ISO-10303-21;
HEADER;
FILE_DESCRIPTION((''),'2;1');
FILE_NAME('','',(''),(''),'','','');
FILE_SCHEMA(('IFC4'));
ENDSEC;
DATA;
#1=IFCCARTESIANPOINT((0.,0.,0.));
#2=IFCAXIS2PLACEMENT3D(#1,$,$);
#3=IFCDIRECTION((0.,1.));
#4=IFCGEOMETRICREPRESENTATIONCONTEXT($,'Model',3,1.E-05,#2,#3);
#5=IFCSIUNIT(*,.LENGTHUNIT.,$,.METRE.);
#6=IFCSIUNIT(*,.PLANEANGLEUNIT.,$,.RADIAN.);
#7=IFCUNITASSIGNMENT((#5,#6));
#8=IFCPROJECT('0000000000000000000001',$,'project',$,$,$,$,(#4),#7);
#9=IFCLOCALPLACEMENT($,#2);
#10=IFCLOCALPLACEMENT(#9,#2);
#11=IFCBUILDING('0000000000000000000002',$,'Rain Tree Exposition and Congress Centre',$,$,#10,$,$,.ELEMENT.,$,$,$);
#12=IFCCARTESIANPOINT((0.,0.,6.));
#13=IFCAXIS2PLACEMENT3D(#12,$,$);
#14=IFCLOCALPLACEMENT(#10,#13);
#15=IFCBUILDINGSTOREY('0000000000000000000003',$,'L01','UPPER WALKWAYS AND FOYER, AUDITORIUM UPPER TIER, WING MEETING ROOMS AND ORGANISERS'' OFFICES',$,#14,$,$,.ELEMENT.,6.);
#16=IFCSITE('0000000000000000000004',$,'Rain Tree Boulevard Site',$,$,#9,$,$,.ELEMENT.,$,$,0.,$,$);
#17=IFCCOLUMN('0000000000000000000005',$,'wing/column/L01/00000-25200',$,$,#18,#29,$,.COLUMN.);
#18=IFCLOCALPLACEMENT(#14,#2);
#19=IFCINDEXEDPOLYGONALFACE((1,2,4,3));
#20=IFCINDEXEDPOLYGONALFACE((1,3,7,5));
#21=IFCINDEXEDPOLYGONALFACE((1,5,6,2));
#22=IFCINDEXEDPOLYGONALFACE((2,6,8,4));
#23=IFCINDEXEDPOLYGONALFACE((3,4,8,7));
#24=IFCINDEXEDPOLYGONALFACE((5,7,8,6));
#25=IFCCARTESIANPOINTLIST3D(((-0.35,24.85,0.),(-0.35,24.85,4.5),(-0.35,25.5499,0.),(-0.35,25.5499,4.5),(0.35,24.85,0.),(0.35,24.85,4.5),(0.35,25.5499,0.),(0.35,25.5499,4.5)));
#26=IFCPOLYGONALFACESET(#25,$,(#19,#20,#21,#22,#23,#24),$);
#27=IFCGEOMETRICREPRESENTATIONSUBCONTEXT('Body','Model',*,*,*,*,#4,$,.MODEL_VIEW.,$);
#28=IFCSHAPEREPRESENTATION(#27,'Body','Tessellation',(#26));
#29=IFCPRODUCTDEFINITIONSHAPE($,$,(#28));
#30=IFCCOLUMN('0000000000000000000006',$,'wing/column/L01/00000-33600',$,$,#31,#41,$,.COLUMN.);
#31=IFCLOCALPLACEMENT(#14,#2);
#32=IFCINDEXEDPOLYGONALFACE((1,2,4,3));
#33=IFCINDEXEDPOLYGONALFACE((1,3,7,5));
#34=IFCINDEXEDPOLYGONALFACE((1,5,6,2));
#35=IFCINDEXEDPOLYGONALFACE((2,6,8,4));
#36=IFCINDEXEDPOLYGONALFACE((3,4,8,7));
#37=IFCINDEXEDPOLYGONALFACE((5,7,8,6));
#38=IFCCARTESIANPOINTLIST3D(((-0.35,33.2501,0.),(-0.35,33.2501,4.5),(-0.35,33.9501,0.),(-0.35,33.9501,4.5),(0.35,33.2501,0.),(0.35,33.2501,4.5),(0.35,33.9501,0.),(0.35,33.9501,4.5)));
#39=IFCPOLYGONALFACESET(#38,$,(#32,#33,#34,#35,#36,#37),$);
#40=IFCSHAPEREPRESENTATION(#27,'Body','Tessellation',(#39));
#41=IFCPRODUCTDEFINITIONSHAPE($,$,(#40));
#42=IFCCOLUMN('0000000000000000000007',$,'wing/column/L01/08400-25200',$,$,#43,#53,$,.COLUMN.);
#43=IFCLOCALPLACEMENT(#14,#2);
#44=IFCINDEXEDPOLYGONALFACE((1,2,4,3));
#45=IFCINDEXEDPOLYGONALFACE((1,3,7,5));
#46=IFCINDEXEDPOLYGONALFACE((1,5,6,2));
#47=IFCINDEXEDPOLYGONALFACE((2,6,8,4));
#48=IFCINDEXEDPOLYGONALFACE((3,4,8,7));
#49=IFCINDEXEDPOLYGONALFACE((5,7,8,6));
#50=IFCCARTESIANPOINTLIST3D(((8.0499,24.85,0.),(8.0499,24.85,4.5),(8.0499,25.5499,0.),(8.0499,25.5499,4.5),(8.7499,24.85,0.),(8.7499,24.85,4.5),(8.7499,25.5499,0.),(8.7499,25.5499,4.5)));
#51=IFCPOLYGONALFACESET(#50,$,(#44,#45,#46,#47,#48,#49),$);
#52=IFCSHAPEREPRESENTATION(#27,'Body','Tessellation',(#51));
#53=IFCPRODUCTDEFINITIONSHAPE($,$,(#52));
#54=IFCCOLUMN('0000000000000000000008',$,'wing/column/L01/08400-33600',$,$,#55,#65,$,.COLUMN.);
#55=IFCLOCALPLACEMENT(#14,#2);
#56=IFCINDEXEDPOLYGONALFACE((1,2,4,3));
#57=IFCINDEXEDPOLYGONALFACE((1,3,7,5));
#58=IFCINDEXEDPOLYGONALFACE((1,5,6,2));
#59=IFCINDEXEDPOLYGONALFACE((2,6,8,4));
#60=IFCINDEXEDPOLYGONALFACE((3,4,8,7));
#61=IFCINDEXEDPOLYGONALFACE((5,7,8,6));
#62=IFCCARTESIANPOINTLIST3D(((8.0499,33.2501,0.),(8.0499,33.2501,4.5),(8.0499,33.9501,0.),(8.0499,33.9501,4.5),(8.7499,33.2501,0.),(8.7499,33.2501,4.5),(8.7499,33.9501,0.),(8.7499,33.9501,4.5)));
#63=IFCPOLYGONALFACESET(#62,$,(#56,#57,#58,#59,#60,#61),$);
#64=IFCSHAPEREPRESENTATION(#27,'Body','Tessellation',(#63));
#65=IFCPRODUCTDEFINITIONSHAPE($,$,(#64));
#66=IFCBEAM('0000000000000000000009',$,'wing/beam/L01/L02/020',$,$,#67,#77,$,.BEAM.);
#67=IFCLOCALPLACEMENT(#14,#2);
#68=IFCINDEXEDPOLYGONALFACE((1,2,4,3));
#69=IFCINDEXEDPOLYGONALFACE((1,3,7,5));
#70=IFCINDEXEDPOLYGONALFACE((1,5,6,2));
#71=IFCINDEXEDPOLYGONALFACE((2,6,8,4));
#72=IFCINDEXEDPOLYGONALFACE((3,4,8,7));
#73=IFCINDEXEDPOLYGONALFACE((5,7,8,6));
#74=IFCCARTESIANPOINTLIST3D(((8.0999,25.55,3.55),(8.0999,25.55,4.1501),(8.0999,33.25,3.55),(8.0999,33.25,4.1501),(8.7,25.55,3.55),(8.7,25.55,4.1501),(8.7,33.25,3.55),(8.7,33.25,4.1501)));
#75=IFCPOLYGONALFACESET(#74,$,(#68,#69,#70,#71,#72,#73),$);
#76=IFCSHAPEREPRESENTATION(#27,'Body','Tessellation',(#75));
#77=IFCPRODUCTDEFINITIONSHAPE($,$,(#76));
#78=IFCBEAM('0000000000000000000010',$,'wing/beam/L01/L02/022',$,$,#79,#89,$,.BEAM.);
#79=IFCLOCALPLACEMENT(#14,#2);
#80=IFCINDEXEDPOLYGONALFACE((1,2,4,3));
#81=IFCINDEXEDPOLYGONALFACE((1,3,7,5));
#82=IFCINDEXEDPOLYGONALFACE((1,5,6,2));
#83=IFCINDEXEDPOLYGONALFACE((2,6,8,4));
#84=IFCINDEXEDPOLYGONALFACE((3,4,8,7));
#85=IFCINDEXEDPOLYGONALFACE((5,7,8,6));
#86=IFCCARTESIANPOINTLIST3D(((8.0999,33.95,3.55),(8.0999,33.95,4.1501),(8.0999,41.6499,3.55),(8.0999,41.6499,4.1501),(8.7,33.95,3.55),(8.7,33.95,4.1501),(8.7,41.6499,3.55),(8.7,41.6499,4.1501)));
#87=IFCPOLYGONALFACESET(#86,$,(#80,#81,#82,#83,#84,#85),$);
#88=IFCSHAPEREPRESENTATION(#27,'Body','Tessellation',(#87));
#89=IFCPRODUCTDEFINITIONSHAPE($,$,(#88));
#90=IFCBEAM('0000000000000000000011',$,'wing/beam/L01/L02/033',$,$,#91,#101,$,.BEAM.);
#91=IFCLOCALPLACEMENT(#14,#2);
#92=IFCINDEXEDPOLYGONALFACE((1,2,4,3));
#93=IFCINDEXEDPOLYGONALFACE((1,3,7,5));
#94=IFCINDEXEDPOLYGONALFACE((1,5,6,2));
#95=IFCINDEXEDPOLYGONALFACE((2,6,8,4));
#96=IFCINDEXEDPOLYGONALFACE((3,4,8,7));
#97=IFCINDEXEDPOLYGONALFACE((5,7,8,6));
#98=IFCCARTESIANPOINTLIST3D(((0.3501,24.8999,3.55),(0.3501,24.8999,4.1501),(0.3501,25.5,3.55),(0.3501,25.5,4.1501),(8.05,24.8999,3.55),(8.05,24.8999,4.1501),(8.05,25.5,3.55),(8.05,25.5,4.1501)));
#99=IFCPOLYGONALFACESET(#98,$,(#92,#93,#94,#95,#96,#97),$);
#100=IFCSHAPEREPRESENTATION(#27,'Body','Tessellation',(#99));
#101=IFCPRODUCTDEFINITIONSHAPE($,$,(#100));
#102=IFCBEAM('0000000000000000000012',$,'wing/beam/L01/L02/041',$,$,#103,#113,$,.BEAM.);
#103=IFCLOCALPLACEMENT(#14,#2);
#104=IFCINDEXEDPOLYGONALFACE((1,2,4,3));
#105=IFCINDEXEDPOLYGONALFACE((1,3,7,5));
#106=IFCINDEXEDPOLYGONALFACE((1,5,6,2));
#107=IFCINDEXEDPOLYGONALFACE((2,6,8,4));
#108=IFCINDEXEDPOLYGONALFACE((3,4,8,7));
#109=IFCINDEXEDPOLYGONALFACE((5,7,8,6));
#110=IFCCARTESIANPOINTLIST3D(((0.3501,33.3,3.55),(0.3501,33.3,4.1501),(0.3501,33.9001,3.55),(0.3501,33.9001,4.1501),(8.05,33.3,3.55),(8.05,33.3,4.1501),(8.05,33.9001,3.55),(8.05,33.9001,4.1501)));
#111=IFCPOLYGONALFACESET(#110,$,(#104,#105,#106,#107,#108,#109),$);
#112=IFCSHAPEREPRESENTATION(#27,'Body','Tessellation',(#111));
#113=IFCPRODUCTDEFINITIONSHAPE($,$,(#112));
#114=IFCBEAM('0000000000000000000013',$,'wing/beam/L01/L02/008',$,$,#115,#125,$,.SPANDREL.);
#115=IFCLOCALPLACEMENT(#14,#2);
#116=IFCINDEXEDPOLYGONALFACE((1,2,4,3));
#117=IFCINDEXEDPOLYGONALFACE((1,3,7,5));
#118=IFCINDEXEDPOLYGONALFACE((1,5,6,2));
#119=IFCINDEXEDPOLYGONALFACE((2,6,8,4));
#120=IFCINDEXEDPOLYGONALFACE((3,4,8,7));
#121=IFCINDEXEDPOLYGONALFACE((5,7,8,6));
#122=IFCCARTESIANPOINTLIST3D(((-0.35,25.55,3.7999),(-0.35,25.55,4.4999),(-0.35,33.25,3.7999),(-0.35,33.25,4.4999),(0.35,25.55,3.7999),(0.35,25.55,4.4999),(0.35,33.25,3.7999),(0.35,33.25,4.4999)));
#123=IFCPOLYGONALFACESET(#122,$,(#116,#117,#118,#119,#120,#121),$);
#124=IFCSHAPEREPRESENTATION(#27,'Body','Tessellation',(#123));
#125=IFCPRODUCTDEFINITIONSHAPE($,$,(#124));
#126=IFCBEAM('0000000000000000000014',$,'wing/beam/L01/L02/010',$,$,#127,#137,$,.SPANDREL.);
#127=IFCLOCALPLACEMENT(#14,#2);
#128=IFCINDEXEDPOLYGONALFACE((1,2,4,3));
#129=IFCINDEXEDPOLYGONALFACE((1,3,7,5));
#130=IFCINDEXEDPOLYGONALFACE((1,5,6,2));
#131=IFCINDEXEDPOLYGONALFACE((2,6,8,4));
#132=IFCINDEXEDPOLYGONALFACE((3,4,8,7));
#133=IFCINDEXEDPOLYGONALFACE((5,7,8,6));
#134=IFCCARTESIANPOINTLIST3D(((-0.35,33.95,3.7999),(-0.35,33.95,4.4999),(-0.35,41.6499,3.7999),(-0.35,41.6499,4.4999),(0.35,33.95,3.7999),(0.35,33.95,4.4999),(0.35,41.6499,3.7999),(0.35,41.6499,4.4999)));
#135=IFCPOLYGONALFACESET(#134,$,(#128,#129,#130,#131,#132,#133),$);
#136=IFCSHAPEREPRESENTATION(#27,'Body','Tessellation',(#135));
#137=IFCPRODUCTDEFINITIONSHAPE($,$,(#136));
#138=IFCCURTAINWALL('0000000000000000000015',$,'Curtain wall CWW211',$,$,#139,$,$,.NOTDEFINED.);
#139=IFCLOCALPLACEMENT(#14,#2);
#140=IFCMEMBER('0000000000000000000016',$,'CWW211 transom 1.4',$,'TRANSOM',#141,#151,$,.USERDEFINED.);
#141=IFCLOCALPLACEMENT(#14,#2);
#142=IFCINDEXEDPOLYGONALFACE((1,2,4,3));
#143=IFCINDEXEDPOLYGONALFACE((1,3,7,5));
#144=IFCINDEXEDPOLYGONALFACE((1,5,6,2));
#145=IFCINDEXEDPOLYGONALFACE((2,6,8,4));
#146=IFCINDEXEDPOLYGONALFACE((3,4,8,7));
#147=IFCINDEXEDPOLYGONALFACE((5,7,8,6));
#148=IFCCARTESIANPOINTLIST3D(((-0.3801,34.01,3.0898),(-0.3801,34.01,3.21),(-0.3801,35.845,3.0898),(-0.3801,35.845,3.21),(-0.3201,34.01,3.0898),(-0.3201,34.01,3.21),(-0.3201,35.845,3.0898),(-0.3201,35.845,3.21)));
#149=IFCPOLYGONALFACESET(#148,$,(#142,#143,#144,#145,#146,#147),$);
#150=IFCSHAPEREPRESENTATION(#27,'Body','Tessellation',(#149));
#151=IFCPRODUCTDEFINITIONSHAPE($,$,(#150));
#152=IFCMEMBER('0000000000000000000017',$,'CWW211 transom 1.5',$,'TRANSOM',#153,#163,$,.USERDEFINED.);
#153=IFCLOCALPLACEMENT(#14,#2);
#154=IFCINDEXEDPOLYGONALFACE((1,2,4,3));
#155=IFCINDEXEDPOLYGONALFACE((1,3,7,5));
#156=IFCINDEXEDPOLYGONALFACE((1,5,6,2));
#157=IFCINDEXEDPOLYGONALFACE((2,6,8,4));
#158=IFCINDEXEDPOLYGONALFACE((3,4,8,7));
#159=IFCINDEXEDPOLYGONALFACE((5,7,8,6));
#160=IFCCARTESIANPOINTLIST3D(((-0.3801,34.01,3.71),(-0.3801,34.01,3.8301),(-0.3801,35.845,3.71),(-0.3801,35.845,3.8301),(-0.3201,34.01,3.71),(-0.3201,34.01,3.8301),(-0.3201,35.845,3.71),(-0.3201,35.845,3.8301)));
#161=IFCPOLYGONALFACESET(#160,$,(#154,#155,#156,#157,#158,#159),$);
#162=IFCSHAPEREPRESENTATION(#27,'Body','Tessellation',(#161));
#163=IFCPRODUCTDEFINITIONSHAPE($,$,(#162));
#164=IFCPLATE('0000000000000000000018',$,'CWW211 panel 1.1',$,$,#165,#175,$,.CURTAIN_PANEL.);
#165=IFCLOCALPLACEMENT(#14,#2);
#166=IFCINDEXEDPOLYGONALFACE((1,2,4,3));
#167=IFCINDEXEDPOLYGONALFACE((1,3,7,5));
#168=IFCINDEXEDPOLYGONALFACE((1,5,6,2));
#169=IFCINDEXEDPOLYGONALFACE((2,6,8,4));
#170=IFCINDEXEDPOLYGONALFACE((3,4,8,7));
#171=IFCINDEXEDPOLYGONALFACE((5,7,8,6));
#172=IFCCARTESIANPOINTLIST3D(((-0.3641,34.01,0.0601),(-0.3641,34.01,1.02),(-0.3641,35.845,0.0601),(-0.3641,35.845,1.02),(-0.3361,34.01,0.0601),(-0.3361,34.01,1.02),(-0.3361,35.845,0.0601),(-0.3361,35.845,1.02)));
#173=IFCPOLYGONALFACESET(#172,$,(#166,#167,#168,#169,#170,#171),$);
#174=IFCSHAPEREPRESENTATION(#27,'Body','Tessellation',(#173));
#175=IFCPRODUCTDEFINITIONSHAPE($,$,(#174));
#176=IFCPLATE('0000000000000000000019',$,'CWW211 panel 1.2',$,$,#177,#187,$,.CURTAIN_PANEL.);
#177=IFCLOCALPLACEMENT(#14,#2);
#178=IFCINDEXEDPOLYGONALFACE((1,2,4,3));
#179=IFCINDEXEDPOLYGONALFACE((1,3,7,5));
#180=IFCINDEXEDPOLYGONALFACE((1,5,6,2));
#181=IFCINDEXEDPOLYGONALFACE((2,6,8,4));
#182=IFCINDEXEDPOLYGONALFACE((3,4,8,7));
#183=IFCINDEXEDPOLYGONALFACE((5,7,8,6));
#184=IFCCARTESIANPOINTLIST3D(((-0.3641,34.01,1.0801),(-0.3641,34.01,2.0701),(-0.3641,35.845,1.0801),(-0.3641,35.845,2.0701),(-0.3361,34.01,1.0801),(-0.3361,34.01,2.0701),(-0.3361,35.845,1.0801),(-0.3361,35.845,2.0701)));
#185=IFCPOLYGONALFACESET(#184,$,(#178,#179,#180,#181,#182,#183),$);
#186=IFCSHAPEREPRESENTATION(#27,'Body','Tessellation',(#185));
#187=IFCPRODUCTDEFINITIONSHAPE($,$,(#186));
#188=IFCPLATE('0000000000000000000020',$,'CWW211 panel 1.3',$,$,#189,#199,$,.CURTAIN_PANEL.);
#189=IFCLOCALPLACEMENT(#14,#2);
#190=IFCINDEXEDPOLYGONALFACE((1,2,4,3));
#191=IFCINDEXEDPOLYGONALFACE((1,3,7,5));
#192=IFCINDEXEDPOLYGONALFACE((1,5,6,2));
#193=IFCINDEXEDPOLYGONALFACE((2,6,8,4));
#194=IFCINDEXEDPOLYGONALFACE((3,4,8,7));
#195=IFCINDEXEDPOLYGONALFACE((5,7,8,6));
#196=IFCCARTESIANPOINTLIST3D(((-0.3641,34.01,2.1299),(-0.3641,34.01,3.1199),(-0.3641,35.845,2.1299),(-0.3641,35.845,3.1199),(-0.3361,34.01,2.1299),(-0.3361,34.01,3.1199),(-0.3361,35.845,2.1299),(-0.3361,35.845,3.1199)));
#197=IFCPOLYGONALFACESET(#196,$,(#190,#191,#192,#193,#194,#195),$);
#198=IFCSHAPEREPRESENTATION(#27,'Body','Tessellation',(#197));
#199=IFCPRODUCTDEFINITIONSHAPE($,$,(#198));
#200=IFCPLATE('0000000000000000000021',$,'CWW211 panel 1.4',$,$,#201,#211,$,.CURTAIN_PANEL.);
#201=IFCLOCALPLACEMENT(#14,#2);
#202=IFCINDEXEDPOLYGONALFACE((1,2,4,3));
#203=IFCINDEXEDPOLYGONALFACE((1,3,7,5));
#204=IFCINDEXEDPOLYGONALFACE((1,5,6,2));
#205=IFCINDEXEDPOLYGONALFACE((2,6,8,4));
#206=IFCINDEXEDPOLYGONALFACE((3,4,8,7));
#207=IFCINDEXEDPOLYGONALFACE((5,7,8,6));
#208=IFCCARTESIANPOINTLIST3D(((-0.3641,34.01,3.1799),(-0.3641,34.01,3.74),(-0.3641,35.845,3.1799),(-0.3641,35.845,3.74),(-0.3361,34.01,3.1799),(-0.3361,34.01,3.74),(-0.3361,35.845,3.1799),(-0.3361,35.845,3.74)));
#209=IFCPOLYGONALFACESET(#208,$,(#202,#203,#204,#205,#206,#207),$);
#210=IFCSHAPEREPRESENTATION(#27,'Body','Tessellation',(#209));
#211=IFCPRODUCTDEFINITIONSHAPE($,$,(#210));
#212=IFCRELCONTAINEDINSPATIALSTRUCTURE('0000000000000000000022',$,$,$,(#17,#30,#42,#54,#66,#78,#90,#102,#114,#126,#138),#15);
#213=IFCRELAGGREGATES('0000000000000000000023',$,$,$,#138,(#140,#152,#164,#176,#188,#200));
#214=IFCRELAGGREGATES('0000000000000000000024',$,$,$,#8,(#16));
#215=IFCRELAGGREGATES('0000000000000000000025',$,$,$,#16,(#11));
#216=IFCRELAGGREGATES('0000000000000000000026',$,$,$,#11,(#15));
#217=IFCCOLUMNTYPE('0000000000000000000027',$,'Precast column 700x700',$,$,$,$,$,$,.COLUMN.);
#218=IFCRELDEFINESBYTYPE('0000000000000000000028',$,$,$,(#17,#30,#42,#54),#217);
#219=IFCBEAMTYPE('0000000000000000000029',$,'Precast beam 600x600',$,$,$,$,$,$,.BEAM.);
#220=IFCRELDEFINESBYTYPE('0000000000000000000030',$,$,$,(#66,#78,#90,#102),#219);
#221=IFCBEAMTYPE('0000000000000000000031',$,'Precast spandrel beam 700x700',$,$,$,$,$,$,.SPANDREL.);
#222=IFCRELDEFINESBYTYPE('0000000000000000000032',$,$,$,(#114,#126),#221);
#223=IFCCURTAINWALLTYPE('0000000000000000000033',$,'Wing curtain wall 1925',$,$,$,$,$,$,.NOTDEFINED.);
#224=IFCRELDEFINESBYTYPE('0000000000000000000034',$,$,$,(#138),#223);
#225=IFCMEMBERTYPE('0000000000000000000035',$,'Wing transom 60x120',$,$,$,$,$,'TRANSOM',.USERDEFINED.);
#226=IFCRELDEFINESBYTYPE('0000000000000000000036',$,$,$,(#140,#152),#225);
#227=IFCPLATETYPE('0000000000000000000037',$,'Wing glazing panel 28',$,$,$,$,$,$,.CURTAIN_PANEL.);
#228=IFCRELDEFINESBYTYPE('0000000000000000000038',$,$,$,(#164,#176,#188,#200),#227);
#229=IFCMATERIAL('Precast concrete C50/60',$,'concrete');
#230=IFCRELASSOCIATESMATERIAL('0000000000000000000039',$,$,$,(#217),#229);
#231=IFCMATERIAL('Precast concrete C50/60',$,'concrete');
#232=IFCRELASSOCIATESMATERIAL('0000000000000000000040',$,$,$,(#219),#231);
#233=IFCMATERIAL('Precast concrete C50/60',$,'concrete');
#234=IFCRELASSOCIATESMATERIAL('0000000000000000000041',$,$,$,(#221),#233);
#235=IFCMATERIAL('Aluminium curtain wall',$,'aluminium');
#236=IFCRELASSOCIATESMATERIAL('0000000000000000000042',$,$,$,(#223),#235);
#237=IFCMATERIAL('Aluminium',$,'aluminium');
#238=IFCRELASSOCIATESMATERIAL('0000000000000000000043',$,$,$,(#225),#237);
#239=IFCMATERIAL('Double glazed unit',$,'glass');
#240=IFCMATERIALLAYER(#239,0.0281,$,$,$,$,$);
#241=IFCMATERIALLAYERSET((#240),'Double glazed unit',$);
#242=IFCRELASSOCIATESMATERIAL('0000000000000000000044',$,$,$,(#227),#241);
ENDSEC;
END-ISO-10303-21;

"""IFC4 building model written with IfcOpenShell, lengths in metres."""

from ifc_helpers import new_model, si_unit, direction, frame, origin, origin_2d, place, context, subcontext, project, spatial, rectangle, extrude, material, layer, layer_set, material_profile, profile_set, type_object, element, aggregate, save


model = new_model("IFC4")

# Units and contexts
model_context = context("Model", 3, precision=1e-05, world=origin(), true_north=direction((0.0, 1.0)))
body_context = subcontext(model_context, "Body", "Model", "MODEL_VIEW")
ifc_project = project(units=[si_unit("LENGTHUNIT", "METRE"), si_unit("PLANEANGLEUNIT", "RADIAN")], contexts=[model_context])

# Site, building, storey
site_placement = place(None, origin())
site = spatial("IfcSite", under=ifc_project, at=site_placement, Name="Rain Tree Boulevard Site", CompositionType="ELEMENT", RefElevation=0.0)
building_placement = place(site_placement, origin())
building = spatial("IfcBuilding", under=site, at=building_placement, Name="Rain Tree Exposition and Congress Centre", CompositionType="ELEMENT")
storey_placement = place(building_placement, frame((0.0, 0.0, 6.0)))
storey = spatial("IfcBuildingStorey", under=building, at=storey_placement, Name="L01", Description="UPPER WALKWAYS AND FOYER, AUDITORIUM UPPER TIER, WING MEETING ROOMS AND ORGANISERS' OFFICES", CompositionType="ELEMENT", Elevation=6.0)

# Columns
ifc_material_1 = material(Name="Precast concrete C50/60", Category="concrete")
ifc_material_profile_1 = material_profile(ifc_material_1, rectangle(XDim=0.7, YDim=0.7, at=origin_2d()), Name="RC 700x700")
ifc_profile_set_1 = profile_set([ifc_material_profile_1], Name="Precast concrete C50/60")
column_type = type_object("IfcColumnType", Name="Precast column 700x700", PredefinedType="COLUMN", material=ifc_profile_set_1)
for number, where, z_axis, x_axis, name in (
    (1, (0.0, 25.2, 0.0), (0.0, 0.0, 1.0), (1.0, 0.0, 0.0), "wing/column/L01/00000-25200"),
    (2, (0.0, 33.6001, 0.0), (0.0, 0.0, 1.0), (1.0, 0.0, 0.0), "wing/column/L01/00000-33600"),
    (3, (8.3999, 25.2, 0.0), (0.0, 0.0, 1.0), (1.0, 0.0, 0.0), "wing/column/L01/08400-25200"),
    (4, (8.3999, 33.6001, 0.0), (0.0, 0.0, 1.0), (1.0, 0.0, 0.0), "wing/column/L01/08400-33600"),
):
    element("IfcColumn", number, at=place(storey_placement, frame(where, z_axis=z_axis, x_axis=x_axis)), inside=storey, type_object=column_type, Name=name, PredefinedType="COLUMN", context=body_context, shape_type="SweptSolid", body=[
        extrude(rectangle(XDim=0.7, YDim=0.7, at=origin_2d()), origin(), (0.0, 0.0, 1.0), 4.5),
    ])

# Beams
ifc_material_2 = material(Name="Precast concrete C50/60", Category="concrete")
ifc_material_profile_2 = material_profile(ifc_material_2, rectangle(XDim=0.6001, YDim=0.6001, at=origin_2d()), Name="RC 600x600")
ifc_profile_set_2 = profile_set([ifc_material_profile_2], Name="Precast concrete C50/60")
beam_type_1 = type_object("IfcBeamType", Name="Precast beam 600x600", PredefinedType="BEAM", material=ifc_profile_set_2)
for number, where, z_axis, x_axis, name in (
    (5, (8.3999, 25.55, 3.8501), (0.0, 1.0, 0.0), (-1.0, 0.0, 0.0), "wing/beam/L01/L02/020"),
    (6, (8.3999, 33.95, 3.8501), (0.0, 1.0, 0.0), (-1.0, 0.0, 0.0), "wing/beam/L01/L02/022"),
    (7, (0.3501, 25.2, 3.8501), (1.0, 0.0, 0.0), (0.0, 1.0, 0.0), "wing/beam/L01/L02/033"),
    (8, (0.3501, 33.6001, 3.8501), (1.0, 0.0, 0.0), (0.0, 1.0, 0.0), "wing/beam/L01/L02/041"),
):
    element("IfcBeam", number, at=place(storey_placement, frame(where, z_axis=z_axis, x_axis=x_axis)), inside=storey, type_object=beam_type_1, Name=name, PredefinedType="BEAM", context=body_context, shape_type="SweptSolid", body=[
        extrude(rectangle(XDim=0.6001, YDim=0.6001, at=origin_2d()), origin(), (0.0, 0.0, 1.0), 7.7),
    ])
ifc_material_3 = material(Name="Precast concrete C50/60", Category="concrete")
ifc_material_profile_3 = material_profile(ifc_material_3, rectangle(XDim=0.7, YDim=0.7, at=origin_2d()), Name="RC 700x700")
ifc_profile_set_3 = profile_set([ifc_material_profile_3], Name="Precast concrete C50/60")
beam_type_2 = type_object("IfcBeamType", Name="Precast spandrel beam 700x700", PredefinedType="SPANDREL", material=ifc_profile_set_3)
for number, where, z_axis, x_axis, name in (
    (9, (0.0, 25.55, 4.1499), (0.0, 1.0, 0.0), (-1.0, 0.0, 0.0), "wing/beam/L01/L02/008"),
    (10, (0.0, 33.95, 4.1499), (0.0, 1.0, 0.0), (-1.0, 0.0, 0.0), "wing/beam/L01/L02/010"),
):
    element("IfcBeam", number, at=place(storey_placement, frame(where, z_axis=z_axis, x_axis=x_axis)), inside=storey, type_object=beam_type_2, Name=name, PredefinedType="SPANDREL", context=body_context, shape_type="SweptSolid", body=[
        extrude(rectangle(XDim=0.7, YDim=0.7, at=origin_2d()), origin(), (0.0, 0.0, 1.0), 7.7),
    ])

# Curtain wall, members, plates
ifc_material_4 = material(Name="Aluminium curtain wall", Category="aluminium")
curtain_wall_type = type_object("IfcCurtainWallType", Name="Wing curtain wall 1925", PredefinedType="NOTDEFINED", material=ifc_material_4)
curtain_wall_placement = place(storey_placement, origin())
curtain_wall = element("IfcCurtainWall", 11, at=curtain_wall_placement, inside=storey, type_object=curtain_wall_type, Name="Curtain wall CWW211", PredefinedType="NOTDEFINED")
ifc_material_5 = material(Name="Aluminium", Category="aluminium")
ifc_material_profile_4 = material_profile(ifc_material_5, rectangle(XDim=0.0601, YDim=0.1201, at=origin_2d()), Name="Aluminium 60x120")
ifc_profile_set_4 = profile_set([ifc_material_profile_4], Name="Aluminium")
member_type = type_object("IfcMemberType", Name="Wing transom 60x120", ElementType="TRANSOM", PredefinedType="USERDEFINED", material=ifc_profile_set_4)
member_1_placement = place(storey_placement, frame((-0.3501, 34.01, 3.1499), z_axis=(0.0, 1.0, 0.0), x_axis=(-1.0, 0.0, 0.0)))
member_1 = element("IfcMember", 12, at=member_1_placement, type_object=member_type, Name="CWW211 transom 1.4", ObjectType="TRANSOM", PredefinedType="USERDEFINED", context=body_context, shape_type="SweptSolid", body=[
    extrude(rectangle(XDim=0.0601, YDim=0.1201, at=origin_2d()), origin(), (0.0, 0.0, 1.0), 1.835),
])
member_2_placement = place(storey_placement, frame((-0.3501, 34.01, 3.77), z_axis=(0.0, 1.0, 0.0), x_axis=(-1.0, 0.0, 0.0)))
member_2 = element("IfcMember", 13, at=member_2_placement, type_object=member_type, Name="CWW211 transom 1.5", ObjectType="TRANSOM", PredefinedType="USERDEFINED", context=body_context, shape_type="SweptSolid", body=[
    extrude(rectangle(XDim=0.0601, YDim=0.1201, at=origin_2d()), origin(), (0.0, 0.0, 1.0), 1.835),
])
ifc_material_6 = material(Name="Double glazed unit", Category="glass")
ifc_layer_1 = layer(ifc_material_6, 0.0281)
ifc_layer_set_1 = layer_set([ifc_layer_1], Name="Double glazed unit")
plate_type = type_object("IfcPlateType", Name="Wing glazing panel 28", PredefinedType="CURTAIN_PANEL", material=ifc_layer_set_1)
plate_1_placement = place(storey_placement, frame((-0.3501, 34.9275, 0.0601), z_axis=(0.0, 0.0, 1.0), x_axis=(0.0, 1.0, 0.0)))
plate_1 = element("IfcPlate", 14, at=plate_1_placement, type_object=plate_type, Name="CWW211 panel 1.1", PredefinedType="CURTAIN_PANEL", context=body_context, shape_type="SweptSolid", body=[
    extrude(rectangle(XDim=1.835, YDim=0.0281, at=origin_2d()), origin(), (0.0, 0.0, 1.0), 0.96),
])
plate_2_placement = place(storey_placement, frame((-0.3501, 34.9275, 1.0801), z_axis=(0.0, 0.0, 1.0), x_axis=(0.0, 1.0, 0.0)))
plate_2 = element("IfcPlate", 15, at=plate_2_placement, type_object=plate_type, Name="CWW211 panel 1.2", PredefinedType="CURTAIN_PANEL", context=body_context, shape_type="SweptSolid", body=[
    extrude(rectangle(XDim=1.835, YDim=0.0281, at=origin_2d()), origin(), (0.0, 0.0, 1.0), 0.99),
])
plate_3_placement = place(storey_placement, frame((-0.3501, 34.9275, 2.1299), z_axis=(0.0, 0.0, 1.0), x_axis=(0.0, 1.0, 0.0)))
plate_3 = element("IfcPlate", 16, at=plate_3_placement, type_object=plate_type, Name="CWW211 panel 1.3", PredefinedType="CURTAIN_PANEL", context=body_context, shape_type="SweptSolid", body=[
    extrude(rectangle(XDim=1.835, YDim=0.0281, at=origin_2d()), origin(), (0.0, 0.0, 1.0), 0.99),
])
plate_4_placement = place(storey_placement, frame((-0.3501, 34.9275, 3.1799), z_axis=(0.0, 0.0, 1.0), x_axis=(0.0, 1.0, 0.0)))
plate_4 = element("IfcPlate", 17, at=plate_4_placement, type_object=plate_type, Name="CWW211 panel 1.4", PredefinedType="CURTAIN_PANEL", context=body_context, shape_type="SweptSolid", body=[
    extrude(rectangle(XDim=1.835, YDim=0.0281, at=origin_2d()), origin(), (0.0, 0.0, 1.0), 0.5601),
])
aggregate(curtain_wall, [member_1, member_2, plate_1, plate_2, plate_3, plate_4])

save(model, "model.ifc")
